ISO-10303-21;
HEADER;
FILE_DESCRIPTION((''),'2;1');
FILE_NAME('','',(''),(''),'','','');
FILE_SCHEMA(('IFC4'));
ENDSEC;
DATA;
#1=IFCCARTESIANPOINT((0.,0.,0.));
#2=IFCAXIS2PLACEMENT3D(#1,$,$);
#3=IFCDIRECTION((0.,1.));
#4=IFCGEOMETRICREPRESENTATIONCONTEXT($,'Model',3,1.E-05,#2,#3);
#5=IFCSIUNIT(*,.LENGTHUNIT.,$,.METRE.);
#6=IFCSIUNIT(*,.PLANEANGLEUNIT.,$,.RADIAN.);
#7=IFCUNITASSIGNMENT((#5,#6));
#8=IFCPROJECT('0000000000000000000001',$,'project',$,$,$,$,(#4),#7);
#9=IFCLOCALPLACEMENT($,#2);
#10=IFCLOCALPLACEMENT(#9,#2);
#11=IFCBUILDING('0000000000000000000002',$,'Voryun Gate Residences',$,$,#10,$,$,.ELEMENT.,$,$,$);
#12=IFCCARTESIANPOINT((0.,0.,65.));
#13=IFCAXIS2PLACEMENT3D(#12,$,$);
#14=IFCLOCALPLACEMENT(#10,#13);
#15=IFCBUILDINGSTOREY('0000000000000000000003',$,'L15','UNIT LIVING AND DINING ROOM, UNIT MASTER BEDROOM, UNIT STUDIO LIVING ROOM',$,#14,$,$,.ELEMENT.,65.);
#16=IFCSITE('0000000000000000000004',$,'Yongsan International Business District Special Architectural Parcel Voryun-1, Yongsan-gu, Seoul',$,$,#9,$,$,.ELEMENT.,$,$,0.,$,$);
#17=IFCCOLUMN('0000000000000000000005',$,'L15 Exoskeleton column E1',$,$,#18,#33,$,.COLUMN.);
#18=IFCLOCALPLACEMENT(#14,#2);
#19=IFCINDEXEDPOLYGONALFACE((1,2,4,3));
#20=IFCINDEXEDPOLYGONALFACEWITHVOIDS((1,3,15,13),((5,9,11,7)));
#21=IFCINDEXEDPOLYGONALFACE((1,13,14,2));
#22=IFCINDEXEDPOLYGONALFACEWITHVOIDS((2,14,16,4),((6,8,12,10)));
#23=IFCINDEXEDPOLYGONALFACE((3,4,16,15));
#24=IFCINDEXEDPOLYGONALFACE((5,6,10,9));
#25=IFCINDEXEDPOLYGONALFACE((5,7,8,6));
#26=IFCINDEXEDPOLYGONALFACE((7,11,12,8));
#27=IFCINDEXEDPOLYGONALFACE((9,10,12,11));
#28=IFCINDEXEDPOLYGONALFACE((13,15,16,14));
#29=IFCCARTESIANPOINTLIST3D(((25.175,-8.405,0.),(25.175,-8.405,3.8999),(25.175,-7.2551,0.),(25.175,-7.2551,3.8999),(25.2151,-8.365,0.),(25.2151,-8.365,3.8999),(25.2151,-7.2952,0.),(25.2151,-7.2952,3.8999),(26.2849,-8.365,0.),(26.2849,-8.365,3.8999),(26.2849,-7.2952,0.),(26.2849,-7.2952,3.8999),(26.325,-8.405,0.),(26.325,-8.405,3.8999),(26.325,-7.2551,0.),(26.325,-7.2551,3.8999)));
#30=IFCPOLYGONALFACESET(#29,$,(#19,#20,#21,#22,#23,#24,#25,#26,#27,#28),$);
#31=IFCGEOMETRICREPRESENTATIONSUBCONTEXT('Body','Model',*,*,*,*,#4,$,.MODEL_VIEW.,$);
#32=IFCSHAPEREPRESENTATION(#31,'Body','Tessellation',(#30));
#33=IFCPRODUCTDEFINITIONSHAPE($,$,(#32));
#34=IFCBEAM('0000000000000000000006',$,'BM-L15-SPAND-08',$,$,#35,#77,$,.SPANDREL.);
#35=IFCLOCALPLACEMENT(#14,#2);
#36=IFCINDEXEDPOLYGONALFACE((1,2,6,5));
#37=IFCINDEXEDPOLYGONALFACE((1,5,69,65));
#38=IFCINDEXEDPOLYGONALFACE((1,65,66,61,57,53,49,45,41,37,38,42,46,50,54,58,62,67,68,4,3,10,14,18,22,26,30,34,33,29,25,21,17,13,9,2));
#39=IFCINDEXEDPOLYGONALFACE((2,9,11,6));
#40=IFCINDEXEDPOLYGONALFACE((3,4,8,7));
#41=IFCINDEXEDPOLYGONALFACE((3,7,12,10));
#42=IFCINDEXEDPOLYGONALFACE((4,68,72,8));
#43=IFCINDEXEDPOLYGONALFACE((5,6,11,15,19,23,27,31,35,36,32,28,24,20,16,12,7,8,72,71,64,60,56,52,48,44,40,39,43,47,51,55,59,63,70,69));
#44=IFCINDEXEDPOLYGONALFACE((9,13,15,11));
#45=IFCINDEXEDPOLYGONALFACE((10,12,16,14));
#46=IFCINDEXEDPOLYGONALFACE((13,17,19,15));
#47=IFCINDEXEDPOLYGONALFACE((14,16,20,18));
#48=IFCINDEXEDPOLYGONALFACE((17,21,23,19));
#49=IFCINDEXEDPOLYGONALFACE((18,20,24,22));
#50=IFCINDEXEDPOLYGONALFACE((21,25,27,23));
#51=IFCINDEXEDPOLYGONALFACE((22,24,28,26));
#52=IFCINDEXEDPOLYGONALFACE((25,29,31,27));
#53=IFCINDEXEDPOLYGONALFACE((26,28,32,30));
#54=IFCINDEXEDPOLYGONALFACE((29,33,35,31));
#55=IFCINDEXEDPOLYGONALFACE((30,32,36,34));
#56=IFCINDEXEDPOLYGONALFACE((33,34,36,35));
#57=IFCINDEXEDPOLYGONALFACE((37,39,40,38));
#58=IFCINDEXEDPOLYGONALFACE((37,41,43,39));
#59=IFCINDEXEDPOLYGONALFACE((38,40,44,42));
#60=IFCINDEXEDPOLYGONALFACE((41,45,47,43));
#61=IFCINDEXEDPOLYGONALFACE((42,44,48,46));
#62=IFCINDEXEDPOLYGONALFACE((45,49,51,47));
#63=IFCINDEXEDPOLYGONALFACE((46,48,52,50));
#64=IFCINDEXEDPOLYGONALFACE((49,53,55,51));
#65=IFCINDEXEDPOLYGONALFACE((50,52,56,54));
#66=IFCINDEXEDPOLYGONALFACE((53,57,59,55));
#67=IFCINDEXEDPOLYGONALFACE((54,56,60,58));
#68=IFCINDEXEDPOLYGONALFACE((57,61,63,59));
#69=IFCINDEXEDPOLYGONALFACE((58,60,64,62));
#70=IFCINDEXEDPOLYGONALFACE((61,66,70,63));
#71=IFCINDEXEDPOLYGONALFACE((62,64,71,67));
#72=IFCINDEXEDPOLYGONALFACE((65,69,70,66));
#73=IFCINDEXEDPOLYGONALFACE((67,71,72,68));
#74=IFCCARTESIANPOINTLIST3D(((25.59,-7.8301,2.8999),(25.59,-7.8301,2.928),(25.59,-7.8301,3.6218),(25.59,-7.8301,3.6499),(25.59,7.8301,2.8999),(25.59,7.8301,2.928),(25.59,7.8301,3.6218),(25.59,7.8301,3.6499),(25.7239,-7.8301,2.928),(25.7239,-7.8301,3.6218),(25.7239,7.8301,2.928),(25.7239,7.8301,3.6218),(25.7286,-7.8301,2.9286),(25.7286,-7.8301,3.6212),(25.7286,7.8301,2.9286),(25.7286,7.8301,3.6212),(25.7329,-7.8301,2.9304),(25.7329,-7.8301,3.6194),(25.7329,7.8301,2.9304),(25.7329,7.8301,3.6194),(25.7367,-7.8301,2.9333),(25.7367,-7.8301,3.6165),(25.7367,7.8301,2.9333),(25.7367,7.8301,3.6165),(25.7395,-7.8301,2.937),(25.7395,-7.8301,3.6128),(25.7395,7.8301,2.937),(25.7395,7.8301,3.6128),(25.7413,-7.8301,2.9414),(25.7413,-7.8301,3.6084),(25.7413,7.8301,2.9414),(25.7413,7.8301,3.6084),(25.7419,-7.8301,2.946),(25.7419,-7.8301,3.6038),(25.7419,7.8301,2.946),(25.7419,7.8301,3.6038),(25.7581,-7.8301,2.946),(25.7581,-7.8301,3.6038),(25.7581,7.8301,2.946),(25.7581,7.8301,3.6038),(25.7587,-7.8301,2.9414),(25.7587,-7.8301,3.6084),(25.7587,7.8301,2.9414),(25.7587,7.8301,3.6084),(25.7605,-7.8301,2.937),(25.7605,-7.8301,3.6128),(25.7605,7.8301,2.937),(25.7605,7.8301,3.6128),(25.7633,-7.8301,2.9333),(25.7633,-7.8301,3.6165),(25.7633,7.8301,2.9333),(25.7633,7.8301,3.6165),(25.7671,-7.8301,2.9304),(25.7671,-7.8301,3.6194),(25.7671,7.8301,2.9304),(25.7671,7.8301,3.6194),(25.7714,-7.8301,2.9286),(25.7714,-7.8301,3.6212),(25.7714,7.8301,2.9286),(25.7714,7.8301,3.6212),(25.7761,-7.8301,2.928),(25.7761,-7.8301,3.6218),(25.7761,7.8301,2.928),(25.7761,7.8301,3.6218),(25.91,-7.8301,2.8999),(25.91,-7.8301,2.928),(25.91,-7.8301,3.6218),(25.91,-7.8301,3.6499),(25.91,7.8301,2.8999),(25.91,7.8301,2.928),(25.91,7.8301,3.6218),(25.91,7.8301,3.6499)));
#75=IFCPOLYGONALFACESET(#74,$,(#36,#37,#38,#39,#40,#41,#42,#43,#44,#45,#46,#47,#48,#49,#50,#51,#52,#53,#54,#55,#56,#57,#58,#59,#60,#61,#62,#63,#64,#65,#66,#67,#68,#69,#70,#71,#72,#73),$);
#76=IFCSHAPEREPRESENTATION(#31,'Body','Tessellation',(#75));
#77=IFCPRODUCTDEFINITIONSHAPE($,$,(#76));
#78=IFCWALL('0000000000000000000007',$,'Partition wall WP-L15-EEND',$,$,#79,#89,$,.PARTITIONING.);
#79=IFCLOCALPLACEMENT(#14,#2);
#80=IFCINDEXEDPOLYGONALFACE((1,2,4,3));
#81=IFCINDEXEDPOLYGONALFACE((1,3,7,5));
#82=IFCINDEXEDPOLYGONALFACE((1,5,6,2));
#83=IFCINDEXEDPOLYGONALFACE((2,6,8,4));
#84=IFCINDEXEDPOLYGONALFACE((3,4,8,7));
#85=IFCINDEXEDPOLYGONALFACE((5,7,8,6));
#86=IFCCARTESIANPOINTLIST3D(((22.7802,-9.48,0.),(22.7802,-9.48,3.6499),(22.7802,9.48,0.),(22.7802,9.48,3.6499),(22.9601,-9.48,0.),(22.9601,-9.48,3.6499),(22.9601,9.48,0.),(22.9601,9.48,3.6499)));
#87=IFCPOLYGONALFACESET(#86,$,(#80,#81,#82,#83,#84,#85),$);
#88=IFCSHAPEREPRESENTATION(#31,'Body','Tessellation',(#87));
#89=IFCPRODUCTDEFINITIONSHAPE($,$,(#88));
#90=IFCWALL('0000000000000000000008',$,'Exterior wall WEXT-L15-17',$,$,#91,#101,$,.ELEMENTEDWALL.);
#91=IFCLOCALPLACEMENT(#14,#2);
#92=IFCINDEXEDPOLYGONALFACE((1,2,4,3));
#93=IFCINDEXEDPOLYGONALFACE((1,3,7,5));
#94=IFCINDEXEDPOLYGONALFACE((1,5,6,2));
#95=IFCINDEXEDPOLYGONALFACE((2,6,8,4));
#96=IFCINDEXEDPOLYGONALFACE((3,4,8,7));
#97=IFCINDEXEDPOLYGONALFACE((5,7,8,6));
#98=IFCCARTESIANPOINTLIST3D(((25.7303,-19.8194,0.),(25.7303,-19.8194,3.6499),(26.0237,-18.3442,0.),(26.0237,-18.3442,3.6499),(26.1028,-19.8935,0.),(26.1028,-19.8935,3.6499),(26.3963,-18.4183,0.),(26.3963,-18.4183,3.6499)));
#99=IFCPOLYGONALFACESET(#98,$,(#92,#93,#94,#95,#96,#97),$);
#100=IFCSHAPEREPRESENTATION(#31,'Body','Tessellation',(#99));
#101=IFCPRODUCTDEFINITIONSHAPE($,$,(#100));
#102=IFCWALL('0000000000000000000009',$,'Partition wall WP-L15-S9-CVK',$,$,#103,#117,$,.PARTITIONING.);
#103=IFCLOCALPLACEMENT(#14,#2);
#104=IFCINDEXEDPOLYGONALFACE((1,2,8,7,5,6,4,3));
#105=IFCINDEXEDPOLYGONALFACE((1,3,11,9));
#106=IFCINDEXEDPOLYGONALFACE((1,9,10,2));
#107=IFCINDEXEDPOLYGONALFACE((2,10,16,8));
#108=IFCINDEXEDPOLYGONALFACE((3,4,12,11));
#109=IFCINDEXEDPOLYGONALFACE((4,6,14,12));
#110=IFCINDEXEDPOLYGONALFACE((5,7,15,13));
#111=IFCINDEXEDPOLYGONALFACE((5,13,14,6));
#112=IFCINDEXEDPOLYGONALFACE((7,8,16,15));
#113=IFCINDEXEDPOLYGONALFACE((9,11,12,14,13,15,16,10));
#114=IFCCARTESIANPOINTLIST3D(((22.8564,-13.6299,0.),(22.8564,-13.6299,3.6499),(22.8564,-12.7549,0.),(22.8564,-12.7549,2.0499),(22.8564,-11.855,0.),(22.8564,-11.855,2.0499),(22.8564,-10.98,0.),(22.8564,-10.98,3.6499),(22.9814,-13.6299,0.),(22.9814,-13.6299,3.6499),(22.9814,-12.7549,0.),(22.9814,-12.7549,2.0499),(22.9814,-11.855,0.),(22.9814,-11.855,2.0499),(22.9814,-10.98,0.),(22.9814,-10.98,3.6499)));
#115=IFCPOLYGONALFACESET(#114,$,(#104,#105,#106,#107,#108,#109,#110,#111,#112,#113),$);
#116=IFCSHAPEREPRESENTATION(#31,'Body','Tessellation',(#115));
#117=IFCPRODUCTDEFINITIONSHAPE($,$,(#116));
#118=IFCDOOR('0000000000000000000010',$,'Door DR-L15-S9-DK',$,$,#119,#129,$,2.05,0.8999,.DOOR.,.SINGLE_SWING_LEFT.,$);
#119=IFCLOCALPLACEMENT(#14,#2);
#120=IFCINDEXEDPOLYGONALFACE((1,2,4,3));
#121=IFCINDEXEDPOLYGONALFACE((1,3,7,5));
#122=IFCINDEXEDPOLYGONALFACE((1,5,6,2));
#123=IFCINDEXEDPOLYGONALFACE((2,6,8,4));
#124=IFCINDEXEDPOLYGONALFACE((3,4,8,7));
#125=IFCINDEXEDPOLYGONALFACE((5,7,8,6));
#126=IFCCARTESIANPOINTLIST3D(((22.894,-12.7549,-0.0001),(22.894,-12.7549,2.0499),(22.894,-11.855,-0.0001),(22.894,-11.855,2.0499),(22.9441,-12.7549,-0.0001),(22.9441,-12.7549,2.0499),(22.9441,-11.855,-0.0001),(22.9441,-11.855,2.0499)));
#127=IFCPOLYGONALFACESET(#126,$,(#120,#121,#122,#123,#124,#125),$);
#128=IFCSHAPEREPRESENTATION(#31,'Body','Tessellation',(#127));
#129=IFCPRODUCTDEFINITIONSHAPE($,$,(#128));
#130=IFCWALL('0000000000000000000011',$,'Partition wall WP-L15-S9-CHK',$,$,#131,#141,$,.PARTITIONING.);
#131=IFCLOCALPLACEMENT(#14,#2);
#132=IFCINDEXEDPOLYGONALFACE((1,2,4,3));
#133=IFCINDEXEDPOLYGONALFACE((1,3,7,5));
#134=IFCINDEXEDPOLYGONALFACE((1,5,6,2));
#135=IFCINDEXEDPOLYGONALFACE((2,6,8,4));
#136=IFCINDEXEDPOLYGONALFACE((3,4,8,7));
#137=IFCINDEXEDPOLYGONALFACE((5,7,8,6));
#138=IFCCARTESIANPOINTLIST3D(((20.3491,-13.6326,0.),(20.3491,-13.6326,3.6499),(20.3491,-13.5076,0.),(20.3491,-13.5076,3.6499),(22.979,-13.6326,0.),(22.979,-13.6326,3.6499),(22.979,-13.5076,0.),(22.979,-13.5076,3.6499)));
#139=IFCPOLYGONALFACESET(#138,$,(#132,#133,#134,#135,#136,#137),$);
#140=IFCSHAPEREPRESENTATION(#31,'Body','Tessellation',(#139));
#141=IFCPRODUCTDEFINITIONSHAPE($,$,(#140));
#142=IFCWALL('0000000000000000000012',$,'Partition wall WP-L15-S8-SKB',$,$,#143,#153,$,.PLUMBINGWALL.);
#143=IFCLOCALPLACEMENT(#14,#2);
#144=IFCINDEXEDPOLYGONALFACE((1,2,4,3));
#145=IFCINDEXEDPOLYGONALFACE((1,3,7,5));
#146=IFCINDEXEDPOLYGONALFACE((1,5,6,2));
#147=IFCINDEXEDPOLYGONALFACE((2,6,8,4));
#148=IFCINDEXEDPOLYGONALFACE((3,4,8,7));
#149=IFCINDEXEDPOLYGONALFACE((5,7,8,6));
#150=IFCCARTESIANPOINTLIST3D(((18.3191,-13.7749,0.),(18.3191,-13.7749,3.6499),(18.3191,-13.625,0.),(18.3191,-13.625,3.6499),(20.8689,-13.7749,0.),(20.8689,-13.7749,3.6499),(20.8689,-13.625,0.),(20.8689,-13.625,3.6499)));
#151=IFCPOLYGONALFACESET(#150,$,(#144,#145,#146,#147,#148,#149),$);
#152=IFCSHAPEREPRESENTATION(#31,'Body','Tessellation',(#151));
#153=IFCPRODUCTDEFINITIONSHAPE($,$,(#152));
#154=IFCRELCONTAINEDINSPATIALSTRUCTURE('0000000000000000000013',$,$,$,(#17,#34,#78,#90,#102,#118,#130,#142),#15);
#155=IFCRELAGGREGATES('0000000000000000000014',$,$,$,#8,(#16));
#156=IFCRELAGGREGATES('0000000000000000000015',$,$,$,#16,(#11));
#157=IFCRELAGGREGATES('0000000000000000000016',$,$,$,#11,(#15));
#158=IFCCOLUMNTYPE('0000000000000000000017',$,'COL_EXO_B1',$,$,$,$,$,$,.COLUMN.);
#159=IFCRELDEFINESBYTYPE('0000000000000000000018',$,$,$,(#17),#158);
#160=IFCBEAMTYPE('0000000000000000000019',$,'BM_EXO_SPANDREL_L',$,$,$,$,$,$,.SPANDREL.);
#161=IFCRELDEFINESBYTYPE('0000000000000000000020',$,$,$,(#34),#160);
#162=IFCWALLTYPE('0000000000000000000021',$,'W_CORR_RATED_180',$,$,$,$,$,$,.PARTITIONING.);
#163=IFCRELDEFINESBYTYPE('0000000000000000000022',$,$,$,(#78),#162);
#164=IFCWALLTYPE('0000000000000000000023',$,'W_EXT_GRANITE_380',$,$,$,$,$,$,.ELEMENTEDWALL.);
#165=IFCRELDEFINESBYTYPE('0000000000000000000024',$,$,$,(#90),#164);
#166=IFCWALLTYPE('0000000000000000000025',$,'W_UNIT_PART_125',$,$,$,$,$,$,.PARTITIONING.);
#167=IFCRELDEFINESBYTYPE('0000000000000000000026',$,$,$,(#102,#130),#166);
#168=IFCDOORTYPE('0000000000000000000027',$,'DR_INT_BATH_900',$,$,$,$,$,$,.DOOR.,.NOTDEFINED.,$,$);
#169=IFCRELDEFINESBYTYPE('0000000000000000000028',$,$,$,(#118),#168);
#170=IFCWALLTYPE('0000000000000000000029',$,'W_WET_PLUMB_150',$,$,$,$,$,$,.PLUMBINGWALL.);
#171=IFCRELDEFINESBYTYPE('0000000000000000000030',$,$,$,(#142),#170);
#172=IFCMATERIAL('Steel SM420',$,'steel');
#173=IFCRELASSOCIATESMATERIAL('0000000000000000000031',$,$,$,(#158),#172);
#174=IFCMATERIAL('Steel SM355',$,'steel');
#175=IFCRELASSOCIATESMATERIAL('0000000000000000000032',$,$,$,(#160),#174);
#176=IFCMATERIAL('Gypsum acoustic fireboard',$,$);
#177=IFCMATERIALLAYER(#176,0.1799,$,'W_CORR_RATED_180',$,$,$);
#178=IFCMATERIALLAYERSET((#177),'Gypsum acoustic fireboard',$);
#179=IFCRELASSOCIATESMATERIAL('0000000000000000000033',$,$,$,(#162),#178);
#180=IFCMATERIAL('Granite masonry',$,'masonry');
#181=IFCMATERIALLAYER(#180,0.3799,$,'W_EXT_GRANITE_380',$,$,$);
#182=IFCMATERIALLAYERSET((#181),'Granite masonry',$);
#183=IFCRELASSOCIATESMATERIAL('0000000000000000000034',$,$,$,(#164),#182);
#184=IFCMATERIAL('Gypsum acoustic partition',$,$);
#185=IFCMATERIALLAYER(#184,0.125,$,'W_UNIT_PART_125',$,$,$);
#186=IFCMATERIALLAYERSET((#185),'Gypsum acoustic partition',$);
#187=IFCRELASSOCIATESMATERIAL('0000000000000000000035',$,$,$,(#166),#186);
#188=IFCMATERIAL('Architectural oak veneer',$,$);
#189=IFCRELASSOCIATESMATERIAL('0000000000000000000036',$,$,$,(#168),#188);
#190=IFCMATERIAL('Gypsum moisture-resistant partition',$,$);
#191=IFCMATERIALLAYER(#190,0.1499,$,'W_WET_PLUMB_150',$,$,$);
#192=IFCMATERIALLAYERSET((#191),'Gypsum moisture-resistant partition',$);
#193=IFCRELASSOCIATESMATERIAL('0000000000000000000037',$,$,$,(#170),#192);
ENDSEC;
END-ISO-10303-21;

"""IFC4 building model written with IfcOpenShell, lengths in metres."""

from ifc_helpers import new_model, si_unit, direction, frame, frame_2d, origin, origin_2d, place, context, subcontext, project, spatial, rectangle, hollow_rectangle, i_section, extrude, material, layer, layer_set, material_profile, profile_set, type_object, element, fill, save


model = new_model("IFC4")

# Units and contexts
model_context = context("Model", 3, precision=1e-05, world=origin(), true_north=direction((0.0, 1.0)))
body_context = subcontext(model_context, "Body", "Model", "MODEL_VIEW")
ifc_project = project(units=[si_unit("LENGTHUNIT", "METRE"), si_unit("PLANEANGLEUNIT", "RADIAN")], contexts=[model_context])

# Site, building, storey
site_placement = place(None, origin())
site = spatial("IfcSite", under=ifc_project, at=site_placement, Name="Yongsan International Business District Special Architectural Parcel Voryun-1, Yongsan-gu, Seoul", CompositionType="ELEMENT", RefElevation=0.0)
building_placement = place(site_placement, origin())
building = spatial("IfcBuilding", under=site, at=building_placement, Name="Voryun Gate Residences", CompositionType="ELEMENT")
storey_placement = place(building_placement, frame((0.0, 0.0, 65.0)))
storey = spatial("IfcBuildingStorey", under=building, at=storey_placement, Name="L15", Description="UNIT LIVING AND DINING ROOM, UNIT MASTER BEDROOM, UNIT STUDIO LIVING ROOM", CompositionType="ELEMENT", Elevation=65.0)

# Column
ifc_material_1 = material(Name="Steel SM420", Category="steel")
ifc_material_profile_1 = material_profile(ifc_material_1, hollow_rectangle(XDim=1.1499, YDim=1.1499, WallThickness=0.04, at=origin_2d()), Name="BOX-1150x1150x40")
ifc_profile_set_1 = profile_set([ifc_material_profile_1], Name="Steel SM420")
column_type = type_object("IfcColumnType", Name="COL_EXO_B1", PredefinedType="COLUMN", material=ifc_profile_set_1)
column_placement = place(storey_placement, frame((25.75, -7.8301, 0.0), z_axis=(0.0, 0.0, 1.0), x_axis=(1.0, 0.0, 0.0)))
element("IfcColumn", 1, at=column_placement, inside=storey, type_object=column_type, Name="L15 Exoskeleton column E1", PredefinedType="COLUMN", context=body_context, shape_type="SweptSolid", body=[
    extrude(hollow_rectangle(XDim=1.1499, YDim=1.1499, WallThickness=0.04, at=origin_2d()), origin(), (0.0, 0.0, 1.0), 3.8999),
])

# Beam
ifc_material_2 = material(Name="Steel SM355", Category="steel")
ifc_material_profile_2 = material_profile(ifc_material_2, i_section(OverallWidth=0.3201, OverallDepth=0.75, WebThickness=0.0161, FlangeThickness=0.0281, FilletRadius=0.0181, at=origin_2d()), Name="H-750x320x16x28")
ifc_profile_set_2 = profile_set([ifc_material_profile_2], Name="Steel SM355")
beam_type = type_object("IfcBeamType", Name="BM_EXO_SPANDREL_L", PredefinedType="SPANDREL", material=ifc_profile_set_2)
beam_placement = place(storey_placement, frame((25.75, -7.8301, 3.2749), z_axis=(0.0, 1.0, 0.0), x_axis=(-1.0, 0.0, 0.0)))
element("IfcBeam", 2, at=beam_placement, inside=storey, type_object=beam_type, Name="BM-L15-SPAND-08", PredefinedType="SPANDREL", context=body_context, shape_type="SweptSolid", body=[
    extrude(i_section(OverallWidth=0.3201, OverallDepth=0.75, WebThickness=0.0161, FlangeThickness=0.0281, FilletRadius=0.0181, at=origin_2d()), origin(), (0.0, 0.0, 1.0), 15.6602),
])

# Walls
ifc_material_3 = material(Name="Gypsum acoustic fireboard")
ifc_layer_1 = layer(ifc_material_3, 0.1799, Name="W_CORR_RATED_180")
ifc_layer_set_1 = layer_set([ifc_layer_1], Name="Gypsum acoustic fireboard")
wall_type_1 = type_object("IfcWallType", Name="W_CORR_RATED_180", PredefinedType="PARTITIONING", material=ifc_layer_set_1)
wall_1_placement = place(storey_placement, frame((22.8701, -9.48, 0.0), z_axis=(0.0, 0.0, 1.0), x_axis=(0.0, 1.0, 0.0)))
element("IfcWall", 3, at=wall_1_placement, inside=storey, type_object=wall_type_1, Name="Partition wall WP-L15-EEND", PredefinedType="PARTITIONING", context=body_context, shape_type="SweptSolid", body=[
    extrude(rectangle(XDim=18.96, YDim=0.1799, at=frame_2d((9.48, 0.0))), origin(), (0.0, 0.0, 1.0), 3.6499),
])
ifc_material_4 = material(Name="Granite masonry", Category="masonry")
ifc_layer_2 = layer(ifc_material_4, 0.3799, Name="W_EXT_GRANITE_380")
ifc_layer_set_2 = layer_set([ifc_layer_2], Name="Granite masonry")
wall_type_2 = type_object("IfcWallType", Name="W_EXT_GRANITE_380", PredefinedType="ELEMENTEDWALL", material=ifc_layer_set_2)
wall_2_placement = place(storey_placement, frame((26.21, -18.3813, 0.0), z_axis=(0.0, 0.0, 1.0), x_axis=(-0.195086, -0.980786, 0.0)))
element("IfcWall", 4, at=wall_2_placement, inside=storey, type_object=wall_type_2, Name="Exterior wall WEXT-L15-17", PredefinedType="ELEMENTEDWALL", context=body_context, shape_type="SweptSolid", body=[
    extrude(rectangle(XDim=1.5042, YDim=0.3799, at=frame_2d((0.752, 0.0))), origin(), (0.0, 0.0, 1.0), 3.6499),
])

# Wall, opening, door
ifc_material_5 = material(Name="Gypsum acoustic partition")
ifc_layer_3 = layer(ifc_material_5, 0.125, Name="W_UNIT_PART_125")
ifc_layer_set_3 = layer_set([ifc_layer_3], Name="Gypsum acoustic partition")
wall_type_3 = type_object("IfcWallType", Name="W_UNIT_PART_125", PredefinedType="PARTITIONING", material=ifc_layer_set_3)
wall_3_placement = place(storey_placement, frame((22.9189, -13.6299, 0.0), z_axis=(0.0, 0.0, 1.0), x_axis=(0.0, 1.0, 0.0)))
wall_3 = element("IfcWall", 5, at=wall_3_placement, inside=storey, type_object=wall_type_3, Name="Partition wall WP-L15-S9-CVK", PredefinedType="PARTITIONING", context=body_context, shape_type="SweptSolid", body=[
    extrude(rectangle(XDim=2.6499, YDim=0.125, at=frame_2d((1.325, 0.0))), origin(), (0.0, 0.0, 1.0), 3.6499),
])
opening_1_placement = place(wall_3_placement, frame((0.875, 0.0, 0.0)))
opening_1 = element("IfcOpeningElement", 6, at=opening_1_placement, cuts=wall_3, PredefinedType="OPENING", context=body_context, shape_type="SweptSolid", body=[
    extrude(rectangle(XDim=0.8999, YDim=2.05, at=frame_2d((0.45, 1.0249))), frame((0.0, 0.0725, 0.0), z_axis=(0.0, -1.0, 0.0), x_axis=(1.0, 0.0, 0.0)), (0.0, 0.0, 1.0), 0.145),
])
ifc_material_6 = material(Name="Architectural oak veneer")
door_type = type_object("IfcDoorType", Name="DR_INT_BATH_900", OperationType="NOTDEFINED", PredefinedType="DOOR", material=ifc_material_6)
door_1_placement = place(opening_1_placement, origin())
door_1 = element("IfcDoor", 7, at=door_1_placement, inside=storey, type_object=door_type, Name="Door DR-L15-S9-DK", OperationType="SINGLE_SWING_LEFT", OverallHeight=2.05, OverallWidth=0.8999, PredefinedType="DOOR", context=body_context, shape_type="SweptSolid", body=[
    extrude(rectangle(XDim=0.8999, YDim=2.05, at=frame_2d((0.45, 1.0249))), frame((0.0, 0.0249, 0.0), z_axis=(0.0, -1.0, 0.0), x_axis=(1.0, 0.0, 0.0)), (0.0, 0.0, 1.0), 0.05),
])
fill(opening_1, door_1)

# Walls
wall_4_placement = place(storey_placement, frame((20.3491, -13.5701, 0.0), z_axis=(0.0, 0.0, 1.0), x_axis=(1.0, 0.0, 0.0)))
element("IfcWall", 8, at=wall_4_placement, inside=storey, type_object=wall_type_3, Name="Partition wall WP-L15-S9-CHK", PredefinedType="PARTITIONING", context=body_context, shape_type="SweptSolid", body=[
    extrude(rectangle(XDim=2.6299, YDim=0.125, at=frame_2d((1.3149, 0.0))), origin(), (0.0, 0.0, 1.0), 3.6499),
])
ifc_material_7 = material(Name="Gypsum moisture-resistant partition")
ifc_layer_4 = layer(ifc_material_7, 0.1499, Name="W_WET_PLUMB_150")
ifc_layer_set_4 = layer_set([ifc_layer_4], Name="Gypsum moisture-resistant partition")
wall_type_4 = type_object("IfcWallType", Name="W_WET_PLUMB_150", PredefinedType="PLUMBINGWALL", material=ifc_layer_set_4)
wall_5_placement = place(storey_placement, frame((18.3191, -13.7, 0.0), z_axis=(0.0, 0.0, 1.0), x_axis=(1.0, 0.0, 0.0)))
element("IfcWall", 9, at=wall_5_placement, inside=storey, type_object=wall_type_4, Name="Partition wall WP-L15-S8-SKB", PredefinedType="PLUMBINGWALL", context=body_context, shape_type="SweptSolid", body=[
    extrude(rectangle(XDim=2.5498, YDim=0.1499, at=frame_2d((1.2749, 0.0))), origin(), (0.0, 0.0, 1.0), 3.6499),
])

save(model, "model.ifc")
